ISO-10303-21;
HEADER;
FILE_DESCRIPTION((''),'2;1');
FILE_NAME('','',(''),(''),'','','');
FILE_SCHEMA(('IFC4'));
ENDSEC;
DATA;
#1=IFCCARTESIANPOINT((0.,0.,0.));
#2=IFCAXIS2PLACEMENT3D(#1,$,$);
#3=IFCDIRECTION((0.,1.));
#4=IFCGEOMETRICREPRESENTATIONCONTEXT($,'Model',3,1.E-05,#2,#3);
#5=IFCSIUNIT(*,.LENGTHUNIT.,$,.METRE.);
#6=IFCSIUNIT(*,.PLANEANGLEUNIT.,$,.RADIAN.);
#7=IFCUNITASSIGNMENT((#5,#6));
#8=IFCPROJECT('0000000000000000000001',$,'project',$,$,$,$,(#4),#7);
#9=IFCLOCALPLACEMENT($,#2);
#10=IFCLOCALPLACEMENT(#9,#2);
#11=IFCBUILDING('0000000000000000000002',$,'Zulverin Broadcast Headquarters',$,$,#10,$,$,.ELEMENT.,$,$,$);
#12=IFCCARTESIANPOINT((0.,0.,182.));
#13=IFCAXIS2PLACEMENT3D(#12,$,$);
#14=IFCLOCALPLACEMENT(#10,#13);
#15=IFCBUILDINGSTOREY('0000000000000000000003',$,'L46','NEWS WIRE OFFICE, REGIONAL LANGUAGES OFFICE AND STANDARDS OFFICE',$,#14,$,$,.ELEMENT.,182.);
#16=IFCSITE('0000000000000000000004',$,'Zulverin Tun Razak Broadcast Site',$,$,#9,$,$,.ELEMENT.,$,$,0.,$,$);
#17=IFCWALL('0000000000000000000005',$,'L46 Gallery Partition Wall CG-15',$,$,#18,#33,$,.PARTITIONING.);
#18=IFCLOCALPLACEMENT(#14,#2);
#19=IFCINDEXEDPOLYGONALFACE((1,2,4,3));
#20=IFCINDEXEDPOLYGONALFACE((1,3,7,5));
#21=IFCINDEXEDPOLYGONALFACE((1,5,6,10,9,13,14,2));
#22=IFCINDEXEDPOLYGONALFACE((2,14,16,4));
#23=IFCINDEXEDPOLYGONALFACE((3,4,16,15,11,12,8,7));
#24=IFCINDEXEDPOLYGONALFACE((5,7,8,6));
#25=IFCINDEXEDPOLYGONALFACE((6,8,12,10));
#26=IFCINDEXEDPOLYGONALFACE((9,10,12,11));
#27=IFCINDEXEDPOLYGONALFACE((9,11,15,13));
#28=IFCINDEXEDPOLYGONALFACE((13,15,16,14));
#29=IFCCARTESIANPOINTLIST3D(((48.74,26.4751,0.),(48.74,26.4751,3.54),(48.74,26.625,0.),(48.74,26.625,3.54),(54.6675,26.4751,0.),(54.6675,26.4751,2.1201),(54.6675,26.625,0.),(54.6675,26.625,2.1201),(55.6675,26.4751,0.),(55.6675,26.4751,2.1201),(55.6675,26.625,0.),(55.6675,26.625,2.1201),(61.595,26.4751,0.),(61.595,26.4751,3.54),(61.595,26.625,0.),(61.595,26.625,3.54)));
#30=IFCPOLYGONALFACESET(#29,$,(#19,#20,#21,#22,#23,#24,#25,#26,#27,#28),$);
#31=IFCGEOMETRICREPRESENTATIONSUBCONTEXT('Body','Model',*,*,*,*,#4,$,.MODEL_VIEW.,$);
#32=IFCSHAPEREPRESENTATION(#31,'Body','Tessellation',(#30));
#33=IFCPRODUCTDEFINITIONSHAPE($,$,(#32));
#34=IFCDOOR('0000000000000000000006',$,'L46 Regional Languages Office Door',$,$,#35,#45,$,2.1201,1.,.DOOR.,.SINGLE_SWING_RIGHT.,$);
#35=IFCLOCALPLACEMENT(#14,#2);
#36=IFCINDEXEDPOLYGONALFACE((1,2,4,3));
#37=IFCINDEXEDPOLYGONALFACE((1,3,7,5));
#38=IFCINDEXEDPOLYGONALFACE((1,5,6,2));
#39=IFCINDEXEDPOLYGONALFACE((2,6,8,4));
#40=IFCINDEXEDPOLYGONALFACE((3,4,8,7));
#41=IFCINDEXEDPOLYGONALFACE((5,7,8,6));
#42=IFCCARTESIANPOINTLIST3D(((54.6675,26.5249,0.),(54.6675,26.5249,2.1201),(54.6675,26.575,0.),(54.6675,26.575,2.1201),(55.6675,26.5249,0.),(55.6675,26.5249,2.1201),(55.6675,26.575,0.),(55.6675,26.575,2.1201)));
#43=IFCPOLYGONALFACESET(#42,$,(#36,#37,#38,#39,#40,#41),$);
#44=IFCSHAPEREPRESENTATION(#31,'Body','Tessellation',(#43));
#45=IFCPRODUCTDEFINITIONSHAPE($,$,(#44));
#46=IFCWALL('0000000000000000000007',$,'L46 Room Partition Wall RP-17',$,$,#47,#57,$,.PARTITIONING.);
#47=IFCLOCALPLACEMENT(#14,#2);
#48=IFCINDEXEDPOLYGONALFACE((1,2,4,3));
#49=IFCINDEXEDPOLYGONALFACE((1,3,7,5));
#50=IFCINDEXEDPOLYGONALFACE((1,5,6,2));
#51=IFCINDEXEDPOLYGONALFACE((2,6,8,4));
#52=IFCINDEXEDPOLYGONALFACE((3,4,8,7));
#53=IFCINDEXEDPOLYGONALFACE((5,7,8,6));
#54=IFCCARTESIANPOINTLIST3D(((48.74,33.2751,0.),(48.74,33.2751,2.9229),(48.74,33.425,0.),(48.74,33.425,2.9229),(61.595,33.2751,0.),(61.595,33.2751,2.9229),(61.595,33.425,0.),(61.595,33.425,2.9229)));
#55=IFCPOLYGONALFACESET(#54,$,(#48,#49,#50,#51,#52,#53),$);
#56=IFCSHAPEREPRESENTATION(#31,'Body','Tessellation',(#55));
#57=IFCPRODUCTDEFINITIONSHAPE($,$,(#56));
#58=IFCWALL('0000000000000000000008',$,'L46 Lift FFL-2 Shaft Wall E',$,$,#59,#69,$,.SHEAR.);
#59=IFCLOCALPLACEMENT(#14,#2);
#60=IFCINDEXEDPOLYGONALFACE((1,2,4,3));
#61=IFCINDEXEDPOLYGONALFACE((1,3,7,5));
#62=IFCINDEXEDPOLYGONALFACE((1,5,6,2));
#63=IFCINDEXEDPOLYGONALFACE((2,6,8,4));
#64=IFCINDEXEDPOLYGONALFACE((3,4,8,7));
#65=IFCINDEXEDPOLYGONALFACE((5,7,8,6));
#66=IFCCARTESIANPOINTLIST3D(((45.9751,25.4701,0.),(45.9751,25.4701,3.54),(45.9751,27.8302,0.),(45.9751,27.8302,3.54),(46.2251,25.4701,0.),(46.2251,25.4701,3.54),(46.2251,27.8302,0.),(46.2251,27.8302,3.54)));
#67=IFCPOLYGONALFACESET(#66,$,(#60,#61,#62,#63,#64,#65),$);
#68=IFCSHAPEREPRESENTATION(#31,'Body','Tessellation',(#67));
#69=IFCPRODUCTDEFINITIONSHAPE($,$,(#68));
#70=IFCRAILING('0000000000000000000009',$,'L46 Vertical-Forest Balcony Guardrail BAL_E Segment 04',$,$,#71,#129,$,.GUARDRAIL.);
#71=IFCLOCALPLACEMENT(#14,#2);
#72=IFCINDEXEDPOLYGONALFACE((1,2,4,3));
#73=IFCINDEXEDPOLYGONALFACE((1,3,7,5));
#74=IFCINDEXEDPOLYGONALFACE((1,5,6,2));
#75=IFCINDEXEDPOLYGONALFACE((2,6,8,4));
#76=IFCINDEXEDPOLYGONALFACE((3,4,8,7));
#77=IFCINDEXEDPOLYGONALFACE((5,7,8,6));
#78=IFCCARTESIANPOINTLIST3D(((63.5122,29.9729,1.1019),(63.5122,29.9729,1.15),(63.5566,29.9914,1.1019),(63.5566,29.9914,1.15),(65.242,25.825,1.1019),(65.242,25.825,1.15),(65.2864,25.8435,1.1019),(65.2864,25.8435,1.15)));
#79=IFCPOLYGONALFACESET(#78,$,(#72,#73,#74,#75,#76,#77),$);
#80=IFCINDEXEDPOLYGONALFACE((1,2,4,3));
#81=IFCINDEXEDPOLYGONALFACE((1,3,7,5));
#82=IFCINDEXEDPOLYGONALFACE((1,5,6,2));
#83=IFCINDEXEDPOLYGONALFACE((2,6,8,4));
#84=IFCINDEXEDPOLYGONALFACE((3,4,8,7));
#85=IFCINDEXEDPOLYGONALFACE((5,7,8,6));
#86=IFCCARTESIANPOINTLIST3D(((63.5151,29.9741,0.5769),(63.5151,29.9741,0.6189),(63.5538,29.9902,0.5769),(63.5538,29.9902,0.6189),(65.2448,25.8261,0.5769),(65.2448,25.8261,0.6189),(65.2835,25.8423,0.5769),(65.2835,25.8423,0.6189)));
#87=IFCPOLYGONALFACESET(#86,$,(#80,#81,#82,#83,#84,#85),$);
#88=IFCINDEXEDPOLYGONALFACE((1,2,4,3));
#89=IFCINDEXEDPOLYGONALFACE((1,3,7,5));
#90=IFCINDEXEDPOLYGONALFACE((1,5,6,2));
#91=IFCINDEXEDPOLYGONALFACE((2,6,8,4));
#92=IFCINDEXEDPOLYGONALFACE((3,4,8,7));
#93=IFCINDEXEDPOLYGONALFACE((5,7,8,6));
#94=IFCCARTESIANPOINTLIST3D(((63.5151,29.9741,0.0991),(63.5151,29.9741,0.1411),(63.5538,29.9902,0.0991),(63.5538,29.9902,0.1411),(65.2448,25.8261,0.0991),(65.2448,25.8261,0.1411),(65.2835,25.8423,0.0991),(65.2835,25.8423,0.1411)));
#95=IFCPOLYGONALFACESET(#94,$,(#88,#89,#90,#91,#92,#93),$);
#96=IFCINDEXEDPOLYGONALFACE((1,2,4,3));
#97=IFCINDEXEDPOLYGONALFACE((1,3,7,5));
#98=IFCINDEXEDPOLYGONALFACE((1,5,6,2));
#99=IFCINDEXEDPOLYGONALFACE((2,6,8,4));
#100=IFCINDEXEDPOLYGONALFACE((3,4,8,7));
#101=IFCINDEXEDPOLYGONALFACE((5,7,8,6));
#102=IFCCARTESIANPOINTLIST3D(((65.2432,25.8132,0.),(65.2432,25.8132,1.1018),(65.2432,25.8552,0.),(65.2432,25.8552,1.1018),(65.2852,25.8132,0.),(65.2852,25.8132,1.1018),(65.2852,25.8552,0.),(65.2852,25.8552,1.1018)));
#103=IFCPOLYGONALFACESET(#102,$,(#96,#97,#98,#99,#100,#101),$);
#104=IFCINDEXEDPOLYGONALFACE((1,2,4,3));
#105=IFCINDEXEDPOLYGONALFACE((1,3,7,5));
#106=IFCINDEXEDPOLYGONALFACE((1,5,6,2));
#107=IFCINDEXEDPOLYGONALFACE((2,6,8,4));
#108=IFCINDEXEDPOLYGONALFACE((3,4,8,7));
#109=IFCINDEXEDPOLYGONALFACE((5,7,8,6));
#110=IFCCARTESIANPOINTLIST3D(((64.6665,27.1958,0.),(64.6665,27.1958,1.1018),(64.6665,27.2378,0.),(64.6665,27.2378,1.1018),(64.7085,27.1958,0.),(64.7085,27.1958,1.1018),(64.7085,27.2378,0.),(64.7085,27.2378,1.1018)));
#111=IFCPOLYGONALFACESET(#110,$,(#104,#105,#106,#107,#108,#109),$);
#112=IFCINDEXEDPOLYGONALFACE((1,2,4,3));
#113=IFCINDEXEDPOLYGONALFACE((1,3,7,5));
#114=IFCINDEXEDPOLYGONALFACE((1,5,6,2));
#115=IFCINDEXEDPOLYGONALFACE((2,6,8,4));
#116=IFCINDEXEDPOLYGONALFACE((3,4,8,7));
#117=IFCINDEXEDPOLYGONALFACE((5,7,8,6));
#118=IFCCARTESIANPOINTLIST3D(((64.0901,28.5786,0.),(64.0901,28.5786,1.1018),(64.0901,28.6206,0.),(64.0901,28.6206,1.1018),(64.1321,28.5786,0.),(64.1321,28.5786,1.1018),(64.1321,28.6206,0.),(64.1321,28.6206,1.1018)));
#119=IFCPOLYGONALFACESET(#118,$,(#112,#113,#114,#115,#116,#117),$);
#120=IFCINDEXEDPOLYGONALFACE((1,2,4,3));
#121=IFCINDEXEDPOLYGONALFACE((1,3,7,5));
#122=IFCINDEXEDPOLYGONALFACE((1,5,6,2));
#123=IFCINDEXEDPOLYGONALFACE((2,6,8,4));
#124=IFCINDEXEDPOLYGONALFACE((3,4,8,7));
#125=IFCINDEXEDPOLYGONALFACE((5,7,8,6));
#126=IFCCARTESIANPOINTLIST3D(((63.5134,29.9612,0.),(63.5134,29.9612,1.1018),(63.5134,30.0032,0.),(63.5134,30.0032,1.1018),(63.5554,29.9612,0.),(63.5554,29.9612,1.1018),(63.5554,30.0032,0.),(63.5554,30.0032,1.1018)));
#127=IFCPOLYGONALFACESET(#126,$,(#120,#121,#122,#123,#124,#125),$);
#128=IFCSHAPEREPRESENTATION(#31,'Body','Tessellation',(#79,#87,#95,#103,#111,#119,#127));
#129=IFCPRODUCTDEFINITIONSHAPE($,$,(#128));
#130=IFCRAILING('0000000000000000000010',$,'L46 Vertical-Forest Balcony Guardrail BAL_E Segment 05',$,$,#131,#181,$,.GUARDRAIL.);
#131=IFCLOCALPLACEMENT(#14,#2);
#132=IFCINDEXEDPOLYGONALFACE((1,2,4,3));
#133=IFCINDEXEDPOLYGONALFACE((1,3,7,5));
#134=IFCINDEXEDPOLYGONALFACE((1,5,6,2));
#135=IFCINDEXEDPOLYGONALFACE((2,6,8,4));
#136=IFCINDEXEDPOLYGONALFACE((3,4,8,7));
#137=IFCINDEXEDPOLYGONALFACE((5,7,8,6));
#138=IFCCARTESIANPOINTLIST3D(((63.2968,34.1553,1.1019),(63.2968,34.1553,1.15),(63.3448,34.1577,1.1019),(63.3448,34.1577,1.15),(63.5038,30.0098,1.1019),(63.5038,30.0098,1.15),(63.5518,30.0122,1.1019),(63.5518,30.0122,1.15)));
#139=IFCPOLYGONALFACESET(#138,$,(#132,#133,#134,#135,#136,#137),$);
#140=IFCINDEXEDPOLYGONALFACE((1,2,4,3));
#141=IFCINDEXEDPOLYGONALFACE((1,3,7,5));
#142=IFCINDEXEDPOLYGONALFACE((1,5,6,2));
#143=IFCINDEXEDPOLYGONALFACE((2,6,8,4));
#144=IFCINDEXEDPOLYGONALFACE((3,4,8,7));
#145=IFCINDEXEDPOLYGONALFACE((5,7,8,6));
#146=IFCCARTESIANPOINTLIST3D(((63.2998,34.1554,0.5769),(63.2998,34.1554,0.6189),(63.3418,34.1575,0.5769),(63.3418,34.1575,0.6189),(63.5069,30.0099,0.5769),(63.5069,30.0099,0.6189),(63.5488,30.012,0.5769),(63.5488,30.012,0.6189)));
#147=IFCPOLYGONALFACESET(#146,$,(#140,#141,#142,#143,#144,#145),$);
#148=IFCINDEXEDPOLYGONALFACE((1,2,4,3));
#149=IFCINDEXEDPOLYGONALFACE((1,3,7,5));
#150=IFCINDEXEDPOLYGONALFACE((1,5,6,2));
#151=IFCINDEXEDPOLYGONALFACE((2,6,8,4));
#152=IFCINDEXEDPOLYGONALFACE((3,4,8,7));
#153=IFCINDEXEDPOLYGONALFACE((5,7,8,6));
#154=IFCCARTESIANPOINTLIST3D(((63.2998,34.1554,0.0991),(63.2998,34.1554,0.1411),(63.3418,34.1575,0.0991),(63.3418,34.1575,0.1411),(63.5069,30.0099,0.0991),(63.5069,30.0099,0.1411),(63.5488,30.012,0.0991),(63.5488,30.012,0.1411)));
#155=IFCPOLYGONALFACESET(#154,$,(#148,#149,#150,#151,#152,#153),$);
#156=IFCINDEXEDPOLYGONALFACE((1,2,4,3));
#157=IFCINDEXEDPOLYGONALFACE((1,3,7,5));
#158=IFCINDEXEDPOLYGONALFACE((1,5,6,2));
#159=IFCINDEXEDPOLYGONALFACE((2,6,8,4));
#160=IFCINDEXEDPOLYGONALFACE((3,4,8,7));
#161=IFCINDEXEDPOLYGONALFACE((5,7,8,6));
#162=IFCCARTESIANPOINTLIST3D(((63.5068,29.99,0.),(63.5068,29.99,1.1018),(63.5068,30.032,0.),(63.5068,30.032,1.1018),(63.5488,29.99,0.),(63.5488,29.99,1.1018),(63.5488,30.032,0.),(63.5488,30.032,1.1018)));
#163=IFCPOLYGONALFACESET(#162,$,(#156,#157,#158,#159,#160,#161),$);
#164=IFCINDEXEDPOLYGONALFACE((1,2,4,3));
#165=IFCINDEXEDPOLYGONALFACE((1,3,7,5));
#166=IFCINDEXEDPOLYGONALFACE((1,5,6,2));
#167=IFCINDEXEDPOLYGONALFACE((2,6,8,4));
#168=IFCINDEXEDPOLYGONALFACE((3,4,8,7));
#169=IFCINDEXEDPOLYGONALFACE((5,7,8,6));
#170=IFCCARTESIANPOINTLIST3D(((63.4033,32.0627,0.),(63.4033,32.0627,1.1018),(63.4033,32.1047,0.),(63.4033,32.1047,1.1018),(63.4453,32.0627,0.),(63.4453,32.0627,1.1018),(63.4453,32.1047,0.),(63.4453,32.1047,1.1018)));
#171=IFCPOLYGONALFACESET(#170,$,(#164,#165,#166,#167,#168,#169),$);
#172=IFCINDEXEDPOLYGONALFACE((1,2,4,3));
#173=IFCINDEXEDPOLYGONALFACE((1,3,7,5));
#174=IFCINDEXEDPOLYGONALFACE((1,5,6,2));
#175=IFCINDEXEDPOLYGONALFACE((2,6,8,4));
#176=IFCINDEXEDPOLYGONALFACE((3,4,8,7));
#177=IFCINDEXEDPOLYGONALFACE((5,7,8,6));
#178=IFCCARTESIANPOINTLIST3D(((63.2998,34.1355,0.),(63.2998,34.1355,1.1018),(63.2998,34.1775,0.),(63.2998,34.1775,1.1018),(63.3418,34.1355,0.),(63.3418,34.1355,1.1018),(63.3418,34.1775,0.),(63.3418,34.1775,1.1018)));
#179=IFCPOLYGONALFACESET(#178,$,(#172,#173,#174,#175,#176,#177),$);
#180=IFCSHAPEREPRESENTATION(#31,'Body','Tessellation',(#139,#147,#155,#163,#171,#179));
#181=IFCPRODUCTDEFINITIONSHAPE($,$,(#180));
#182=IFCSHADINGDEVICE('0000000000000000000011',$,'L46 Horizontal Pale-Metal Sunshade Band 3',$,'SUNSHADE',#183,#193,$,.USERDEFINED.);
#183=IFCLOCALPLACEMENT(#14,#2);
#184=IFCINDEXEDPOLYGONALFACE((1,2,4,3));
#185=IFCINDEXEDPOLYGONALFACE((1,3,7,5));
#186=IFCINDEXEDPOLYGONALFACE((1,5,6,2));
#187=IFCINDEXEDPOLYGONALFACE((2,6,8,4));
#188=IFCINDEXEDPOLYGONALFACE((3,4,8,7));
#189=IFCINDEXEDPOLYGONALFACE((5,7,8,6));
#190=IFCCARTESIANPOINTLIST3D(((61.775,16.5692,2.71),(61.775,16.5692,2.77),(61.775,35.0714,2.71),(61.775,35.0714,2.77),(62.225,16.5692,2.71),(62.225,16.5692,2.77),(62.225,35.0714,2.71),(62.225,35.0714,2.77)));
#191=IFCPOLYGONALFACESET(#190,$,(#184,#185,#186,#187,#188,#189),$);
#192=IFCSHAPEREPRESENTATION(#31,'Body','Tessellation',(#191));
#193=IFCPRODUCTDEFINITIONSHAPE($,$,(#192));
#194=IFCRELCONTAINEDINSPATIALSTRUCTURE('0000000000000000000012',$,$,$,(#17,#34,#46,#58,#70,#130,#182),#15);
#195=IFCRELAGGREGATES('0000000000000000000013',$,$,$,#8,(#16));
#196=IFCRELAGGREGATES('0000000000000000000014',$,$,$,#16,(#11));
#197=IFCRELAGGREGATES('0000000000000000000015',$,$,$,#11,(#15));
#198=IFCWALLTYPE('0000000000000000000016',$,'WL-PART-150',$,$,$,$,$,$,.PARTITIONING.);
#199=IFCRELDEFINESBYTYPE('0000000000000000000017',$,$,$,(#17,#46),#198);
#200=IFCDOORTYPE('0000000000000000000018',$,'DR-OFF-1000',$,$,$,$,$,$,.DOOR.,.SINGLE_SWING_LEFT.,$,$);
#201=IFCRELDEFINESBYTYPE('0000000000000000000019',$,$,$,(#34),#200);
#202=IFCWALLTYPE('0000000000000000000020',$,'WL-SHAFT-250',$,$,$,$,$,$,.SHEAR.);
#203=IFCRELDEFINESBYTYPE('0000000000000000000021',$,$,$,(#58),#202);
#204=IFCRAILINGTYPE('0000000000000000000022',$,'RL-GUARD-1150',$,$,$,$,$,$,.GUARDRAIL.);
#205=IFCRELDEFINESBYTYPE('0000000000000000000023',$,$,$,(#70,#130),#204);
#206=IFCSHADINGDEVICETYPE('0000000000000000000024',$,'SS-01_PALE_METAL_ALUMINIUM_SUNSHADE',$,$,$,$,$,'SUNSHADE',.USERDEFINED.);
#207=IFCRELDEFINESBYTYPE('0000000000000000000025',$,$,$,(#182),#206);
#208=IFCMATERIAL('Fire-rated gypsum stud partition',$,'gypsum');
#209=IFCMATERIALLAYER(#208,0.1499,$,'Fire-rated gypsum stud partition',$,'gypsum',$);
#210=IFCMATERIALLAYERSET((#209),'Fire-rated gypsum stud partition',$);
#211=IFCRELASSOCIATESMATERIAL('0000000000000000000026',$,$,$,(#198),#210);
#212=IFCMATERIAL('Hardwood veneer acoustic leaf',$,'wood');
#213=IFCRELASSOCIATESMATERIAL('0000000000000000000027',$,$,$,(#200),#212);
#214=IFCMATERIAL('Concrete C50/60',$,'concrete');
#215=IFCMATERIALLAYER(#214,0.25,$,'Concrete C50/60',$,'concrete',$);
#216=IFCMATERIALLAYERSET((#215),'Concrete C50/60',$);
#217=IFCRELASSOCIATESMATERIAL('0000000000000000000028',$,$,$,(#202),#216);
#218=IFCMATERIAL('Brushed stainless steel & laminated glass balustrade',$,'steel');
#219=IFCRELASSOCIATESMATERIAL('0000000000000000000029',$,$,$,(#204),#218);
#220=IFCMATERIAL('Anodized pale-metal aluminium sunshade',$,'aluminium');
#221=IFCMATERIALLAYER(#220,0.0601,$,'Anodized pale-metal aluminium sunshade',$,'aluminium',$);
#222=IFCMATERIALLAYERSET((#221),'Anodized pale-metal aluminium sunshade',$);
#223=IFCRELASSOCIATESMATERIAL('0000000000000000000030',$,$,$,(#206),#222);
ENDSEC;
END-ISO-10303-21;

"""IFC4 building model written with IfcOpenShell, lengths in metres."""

from ifc_helpers import new_model, si_unit, direction, frame, frame_2d, origin, origin_2d, place, context, subcontext, project, spatial, rectangle, extrude, material, layer, layer_set, type_object, element, fill, save


model = new_model("IFC4")

# Units and contexts
model_context = context("Model", 3, precision=1e-05, world=origin(), true_north=direction((0.0, 1.0)))
body_context = subcontext(model_context, "Body", "Model", "MODEL_VIEW")
ifc_project = project(units=[si_unit("LENGTHUNIT", "METRE"), si_unit("PLANEANGLEUNIT", "RADIAN")], contexts=[model_context])

# Site, building, storey
site_placement = place(None, origin())
site = spatial("IfcSite", under=ifc_project, at=site_placement, Name="Zulverin Tun Razak Broadcast Site", CompositionType="ELEMENT", RefElevation=0.0)
building_placement = place(site_placement, origin())
building = spatial("IfcBuilding", under=site, at=building_placement, Name="Zulverin Broadcast Headquarters", CompositionType="ELEMENT")
storey_placement = place(building_placement, frame((0.0, 0.0, 182.0)))
storey = spatial("IfcBuildingStorey", under=building, at=storey_placement, Name="L46", Description="NEWS WIRE OFFICE, REGIONAL LANGUAGES OFFICE AND STANDARDS OFFICE", CompositionType="ELEMENT", Elevation=182.0)

# Shared definitions
ifc_material_1 = material(Name="Concrete C50/60", Category="concrete")

# Wall, opening, door
ifc_material_2 = material(Name="Fire-rated gypsum stud partition", Category="gypsum")
ifc_layer_1 = layer(ifc_material_2, 0.1499, Name="Fire-rated gypsum stud partition", Category="gypsum")
ifc_layer_set_1 = layer_set([ifc_layer_1], Name="Fire-rated gypsum stud partition")
wall_type_1 = type_object("IfcWallType", Name="WL-PART-150", PredefinedType="PARTITIONING", material=ifc_layer_set_1)
wall_1_placement = place(storey_placement, frame((48.74, 26.55, 0.0), z_axis=(0.0, 0.0, 1.0), x_axis=(1.0, 0.0, 0.0)))
wall_1 = element("IfcWall", 1, at=wall_1_placement, inside=storey, type_object=wall_type_1, Name="L46 Gallery Partition Wall CG-15", PredefinedType="PARTITIONING", context=body_context, shape_type="SweptSolid", body=[
    extrude(rectangle(XDim=12.855, YDim=0.1499, at=frame_2d((6.4275, 0.0))), origin(), (0.0, 0.0, 1.0), 3.54),
])
opening_placement = place(wall_1_placement, frame((5.9275, 0.0, 0.0)))
opening = element("IfcOpeningElement", 2, at=opening_placement, cuts=wall_1, PredefinedType="OPENING", context=body_context, shape_type="SweptSolid", body=[
    extrude(rectangle(XDim=1.0, YDim=2.1201, at=frame_2d((0.5, 1.0601))), frame((0.0, 0.085, 0.0), z_axis=(0.0, -1.0, 0.0), x_axis=(1.0, 0.0, 0.0)), (0.0, 0.0, 1.0), 0.1699),
])
ifc_material_3 = material(Name="Hardwood veneer acoustic leaf", Category="wood")
door_type = type_object("IfcDoorType", Name="DR-OFF-1000", OperationType="SINGLE_SWING_LEFT", PredefinedType="DOOR", material=ifc_material_3)
door_placement = place(opening_placement, origin())
door = element("IfcDoor", 3, at=door_placement, inside=storey, type_object=door_type, Name="L46 Regional Languages Office Door", OperationType="SINGLE_SWING_RIGHT", OverallHeight=2.1201, OverallWidth=1.0, PredefinedType="DOOR", context=body_context, shape_type="SweptSolid", body=[
    extrude(rectangle(XDim=1.0, YDim=2.1201, at=frame_2d((0.5, 1.0601))), frame((0.0, 0.0249, 0.0), z_axis=(0.0, -1.0, 0.0), x_axis=(1.0, 0.0, 0.0)), (0.0, 0.0, 1.0), 0.05),
])
fill(opening, door)

# Walls
wall_2_placement = place(storey_placement, frame((48.74, 33.3501, 0.0), z_axis=(0.0, 0.0, 1.0), x_axis=(1.0, 0.0, 0.0)))
element("IfcWall", 4, at=wall_2_placement, inside=storey, type_object=wall_type_1, Name="L46 Room Partition Wall RP-17", PredefinedType="PARTITIONING", context=body_context, shape_type="SweptSolid", body=[
    extrude(rectangle(XDim=12.855, YDim=0.1499, at=frame_2d((6.4275, 0.0))), origin(), (0.0, 0.0, 1.0), 2.9229),
])
ifc_layer_2 = layer(ifc_material_1, 0.25, Name="Concrete C50/60", Category="concrete")
ifc_layer_set_2 = layer_set([ifc_layer_2], Name="Concrete C50/60")
wall_type_2 = type_object("IfcWallType", Name="WL-SHAFT-250", PredefinedType="SHEAR", material=ifc_layer_set_2)
wall_3_placement = place(storey_placement, frame((46.1001, 25.47, 0.0), z_axis=(0.0, 0.0, 1.0), x_axis=(0.0, 1.0, 0.0)))
element("IfcWall", 5, at=wall_3_placement, inside=storey, type_object=wall_type_2, Name="L46 Lift FFL-2 Shaft Wall E", PredefinedType="SHEAR", context=body_context, shape_type="SweptSolid", body=[
    extrude(rectangle(XDim=2.3601, YDim=0.25, at=frame_2d((1.1802, 0.0))), origin(), (0.0, 0.0, 1.0), 3.54),
])

# Railings
ifc_material_4 = material(Name="Brushed stainless steel & laminated glass balustrade", Category="steel")
railing_type = type_object("IfcRailingType", Name="RL-GUARD-1150", PredefinedType="GUARDRAIL", material=ifc_material_4)
railing_1_placement = place(storey_placement, frame((65.2642, 25.8342, 0.0)))
element("IfcRailing", 6, at=railing_1_placement, inside=storey, type_object=railing_type, Name="L46 Vertical-Forest Balcony Guardrail BAL_E Segment 04", PredefinedType="GUARDRAIL", context=body_context, shape_type="SweptSolid", body=[
    extrude(rectangle(XDim=0.0481, YDim=0.0481, at=origin_2d()), frame((0.0, 0.0, 1.126), z_axis=(-0.384885, 0.922964, 0.0), x_axis=(-0.922964, -0.384885, 0.0)), (0.0, 0.0, 1.0), 4.4941),
    extrude(rectangle(XDim=0.042, YDim=0.042, at=origin_2d()), frame((0.0, 0.0, 0.5979), z_axis=(-0.384885, 0.922964, 0.0), x_axis=(-0.922964, -0.384885, 0.0)), (0.0, 0.0, 1.0), 4.4941),
    extrude(rectangle(XDim=0.042, YDim=0.042, at=origin_2d()), frame((0.0, 0.0, 0.1201), z_axis=(-0.384885, 0.922964, 0.0), x_axis=(-0.922964, -0.384885, 0.0)), (0.0, 0.0, 1.0), 4.4941),
    extrude(rectangle(XDim=0.042, YDim=0.042, at=origin_2d()), origin(), (0.0, 0.0, 1.0), 1.1018),
    extrude(rectangle(XDim=0.042, YDim=0.042, at=origin_2d()), frame((-0.5767, 1.3826, 0.0)), (0.0, 0.0, 1.0), 1.1018),
    extrude(rectangle(XDim=0.042, YDim=0.042, at=origin_2d()), frame((-1.1531, 2.7654, 0.0)), (0.0, 0.0, 1.0), 1.1018),
    extrude(rectangle(XDim=0.042, YDim=0.042, at=origin_2d()), frame((-1.7297, 4.1479, 0.0)), (0.0, 0.0, 1.0), 1.1018),
])
railing_2_placement = place(storey_placement, frame((63.5278, 30.011, 0.0)))
element("IfcRailing", 7, at=railing_2_placement, inside=storey, type_object=railing_type, Name="L46 Vertical-Forest Balcony Guardrail BAL_E Segment 05", PredefinedType="GUARDRAIL", context=body_context, shape_type="SweptSolid", body=[
    extrude(rectangle(XDim=0.0481, YDim=0.0481, at=origin_2d()), frame((0.0, 0.0, 1.126), z_axis=(-0.049879, 0.998755, 0.0), x_axis=(-0.998755, -0.049879, 0.0)), (0.0, 0.0, 1.0), 4.1506),
    extrude(rectangle(XDim=0.042, YDim=0.042, at=origin_2d()), frame((0.0, 0.0, 0.5979), z_axis=(-0.049879, 0.998755, 0.0), x_axis=(-0.998755, -0.049879, 0.0)), (0.0, 0.0, 1.0), 4.1506),
    extrude(rectangle(XDim=0.042, YDim=0.042, at=origin_2d()), frame((0.0, 0.0, 0.1201), z_axis=(-0.049879, 0.998755, 0.0), x_axis=(-0.998755, -0.049879, 0.0)), (0.0, 0.0, 1.0), 4.1506),
    extrude(rectangle(XDim=0.042, YDim=0.042, at=origin_2d()), origin(), (0.0, 0.0, 1.0), 1.1018),
    extrude(rectangle(XDim=0.042, YDim=0.042, at=origin_2d()), frame((-0.1035, 2.0728, 0.0)), (0.0, 0.0, 1.0), 1.1018),
    extrude(rectangle(XDim=0.042, YDim=0.042, at=origin_2d()), frame((-0.207, 4.1455, 0.0)), (0.0, 0.0, 1.0), 1.1018),
])

# Shading device
ifc_material_5 = material(Name="Anodized pale-metal aluminium sunshade", Category="aluminium")
ifc_layer_3 = layer(ifc_material_5, 0.0601, Name="Anodized pale-metal aluminium sunshade", Category="aluminium")
ifc_layer_set_3 = layer_set([ifc_layer_3], Name="Anodized pale-metal aluminium sunshade")
shading_device_type = type_object("IfcShadingDeviceType", Name="SS-01_PALE_METAL_ALUMINIUM_SUNSHADE", ElementType="SUNSHADE", PredefinedType="USERDEFINED", material=ifc_layer_set_3)
shading_device_placement = place(storey_placement, frame((62.0, 25.8203, 2.71), z_axis=(0.0, 0.0, 1.0), x_axis=(0.0, 1.0, 0.0)))
element("IfcShadingDevice", 8, at=shading_device_placement, inside=storey, type_object=shading_device_type, Name="L46 Horizontal Pale-Metal Sunshade Band 3", ObjectType="SUNSHADE", PredefinedType="USERDEFINED", context=body_context, shape_type="SweptSolid", body=[
    extrude(rectangle(XDim=18.5022, YDim=0.45, at=origin_2d()), origin(), (0.0, 0.0, 1.0), 0.0601),
])

save(model, "model.ifc")
